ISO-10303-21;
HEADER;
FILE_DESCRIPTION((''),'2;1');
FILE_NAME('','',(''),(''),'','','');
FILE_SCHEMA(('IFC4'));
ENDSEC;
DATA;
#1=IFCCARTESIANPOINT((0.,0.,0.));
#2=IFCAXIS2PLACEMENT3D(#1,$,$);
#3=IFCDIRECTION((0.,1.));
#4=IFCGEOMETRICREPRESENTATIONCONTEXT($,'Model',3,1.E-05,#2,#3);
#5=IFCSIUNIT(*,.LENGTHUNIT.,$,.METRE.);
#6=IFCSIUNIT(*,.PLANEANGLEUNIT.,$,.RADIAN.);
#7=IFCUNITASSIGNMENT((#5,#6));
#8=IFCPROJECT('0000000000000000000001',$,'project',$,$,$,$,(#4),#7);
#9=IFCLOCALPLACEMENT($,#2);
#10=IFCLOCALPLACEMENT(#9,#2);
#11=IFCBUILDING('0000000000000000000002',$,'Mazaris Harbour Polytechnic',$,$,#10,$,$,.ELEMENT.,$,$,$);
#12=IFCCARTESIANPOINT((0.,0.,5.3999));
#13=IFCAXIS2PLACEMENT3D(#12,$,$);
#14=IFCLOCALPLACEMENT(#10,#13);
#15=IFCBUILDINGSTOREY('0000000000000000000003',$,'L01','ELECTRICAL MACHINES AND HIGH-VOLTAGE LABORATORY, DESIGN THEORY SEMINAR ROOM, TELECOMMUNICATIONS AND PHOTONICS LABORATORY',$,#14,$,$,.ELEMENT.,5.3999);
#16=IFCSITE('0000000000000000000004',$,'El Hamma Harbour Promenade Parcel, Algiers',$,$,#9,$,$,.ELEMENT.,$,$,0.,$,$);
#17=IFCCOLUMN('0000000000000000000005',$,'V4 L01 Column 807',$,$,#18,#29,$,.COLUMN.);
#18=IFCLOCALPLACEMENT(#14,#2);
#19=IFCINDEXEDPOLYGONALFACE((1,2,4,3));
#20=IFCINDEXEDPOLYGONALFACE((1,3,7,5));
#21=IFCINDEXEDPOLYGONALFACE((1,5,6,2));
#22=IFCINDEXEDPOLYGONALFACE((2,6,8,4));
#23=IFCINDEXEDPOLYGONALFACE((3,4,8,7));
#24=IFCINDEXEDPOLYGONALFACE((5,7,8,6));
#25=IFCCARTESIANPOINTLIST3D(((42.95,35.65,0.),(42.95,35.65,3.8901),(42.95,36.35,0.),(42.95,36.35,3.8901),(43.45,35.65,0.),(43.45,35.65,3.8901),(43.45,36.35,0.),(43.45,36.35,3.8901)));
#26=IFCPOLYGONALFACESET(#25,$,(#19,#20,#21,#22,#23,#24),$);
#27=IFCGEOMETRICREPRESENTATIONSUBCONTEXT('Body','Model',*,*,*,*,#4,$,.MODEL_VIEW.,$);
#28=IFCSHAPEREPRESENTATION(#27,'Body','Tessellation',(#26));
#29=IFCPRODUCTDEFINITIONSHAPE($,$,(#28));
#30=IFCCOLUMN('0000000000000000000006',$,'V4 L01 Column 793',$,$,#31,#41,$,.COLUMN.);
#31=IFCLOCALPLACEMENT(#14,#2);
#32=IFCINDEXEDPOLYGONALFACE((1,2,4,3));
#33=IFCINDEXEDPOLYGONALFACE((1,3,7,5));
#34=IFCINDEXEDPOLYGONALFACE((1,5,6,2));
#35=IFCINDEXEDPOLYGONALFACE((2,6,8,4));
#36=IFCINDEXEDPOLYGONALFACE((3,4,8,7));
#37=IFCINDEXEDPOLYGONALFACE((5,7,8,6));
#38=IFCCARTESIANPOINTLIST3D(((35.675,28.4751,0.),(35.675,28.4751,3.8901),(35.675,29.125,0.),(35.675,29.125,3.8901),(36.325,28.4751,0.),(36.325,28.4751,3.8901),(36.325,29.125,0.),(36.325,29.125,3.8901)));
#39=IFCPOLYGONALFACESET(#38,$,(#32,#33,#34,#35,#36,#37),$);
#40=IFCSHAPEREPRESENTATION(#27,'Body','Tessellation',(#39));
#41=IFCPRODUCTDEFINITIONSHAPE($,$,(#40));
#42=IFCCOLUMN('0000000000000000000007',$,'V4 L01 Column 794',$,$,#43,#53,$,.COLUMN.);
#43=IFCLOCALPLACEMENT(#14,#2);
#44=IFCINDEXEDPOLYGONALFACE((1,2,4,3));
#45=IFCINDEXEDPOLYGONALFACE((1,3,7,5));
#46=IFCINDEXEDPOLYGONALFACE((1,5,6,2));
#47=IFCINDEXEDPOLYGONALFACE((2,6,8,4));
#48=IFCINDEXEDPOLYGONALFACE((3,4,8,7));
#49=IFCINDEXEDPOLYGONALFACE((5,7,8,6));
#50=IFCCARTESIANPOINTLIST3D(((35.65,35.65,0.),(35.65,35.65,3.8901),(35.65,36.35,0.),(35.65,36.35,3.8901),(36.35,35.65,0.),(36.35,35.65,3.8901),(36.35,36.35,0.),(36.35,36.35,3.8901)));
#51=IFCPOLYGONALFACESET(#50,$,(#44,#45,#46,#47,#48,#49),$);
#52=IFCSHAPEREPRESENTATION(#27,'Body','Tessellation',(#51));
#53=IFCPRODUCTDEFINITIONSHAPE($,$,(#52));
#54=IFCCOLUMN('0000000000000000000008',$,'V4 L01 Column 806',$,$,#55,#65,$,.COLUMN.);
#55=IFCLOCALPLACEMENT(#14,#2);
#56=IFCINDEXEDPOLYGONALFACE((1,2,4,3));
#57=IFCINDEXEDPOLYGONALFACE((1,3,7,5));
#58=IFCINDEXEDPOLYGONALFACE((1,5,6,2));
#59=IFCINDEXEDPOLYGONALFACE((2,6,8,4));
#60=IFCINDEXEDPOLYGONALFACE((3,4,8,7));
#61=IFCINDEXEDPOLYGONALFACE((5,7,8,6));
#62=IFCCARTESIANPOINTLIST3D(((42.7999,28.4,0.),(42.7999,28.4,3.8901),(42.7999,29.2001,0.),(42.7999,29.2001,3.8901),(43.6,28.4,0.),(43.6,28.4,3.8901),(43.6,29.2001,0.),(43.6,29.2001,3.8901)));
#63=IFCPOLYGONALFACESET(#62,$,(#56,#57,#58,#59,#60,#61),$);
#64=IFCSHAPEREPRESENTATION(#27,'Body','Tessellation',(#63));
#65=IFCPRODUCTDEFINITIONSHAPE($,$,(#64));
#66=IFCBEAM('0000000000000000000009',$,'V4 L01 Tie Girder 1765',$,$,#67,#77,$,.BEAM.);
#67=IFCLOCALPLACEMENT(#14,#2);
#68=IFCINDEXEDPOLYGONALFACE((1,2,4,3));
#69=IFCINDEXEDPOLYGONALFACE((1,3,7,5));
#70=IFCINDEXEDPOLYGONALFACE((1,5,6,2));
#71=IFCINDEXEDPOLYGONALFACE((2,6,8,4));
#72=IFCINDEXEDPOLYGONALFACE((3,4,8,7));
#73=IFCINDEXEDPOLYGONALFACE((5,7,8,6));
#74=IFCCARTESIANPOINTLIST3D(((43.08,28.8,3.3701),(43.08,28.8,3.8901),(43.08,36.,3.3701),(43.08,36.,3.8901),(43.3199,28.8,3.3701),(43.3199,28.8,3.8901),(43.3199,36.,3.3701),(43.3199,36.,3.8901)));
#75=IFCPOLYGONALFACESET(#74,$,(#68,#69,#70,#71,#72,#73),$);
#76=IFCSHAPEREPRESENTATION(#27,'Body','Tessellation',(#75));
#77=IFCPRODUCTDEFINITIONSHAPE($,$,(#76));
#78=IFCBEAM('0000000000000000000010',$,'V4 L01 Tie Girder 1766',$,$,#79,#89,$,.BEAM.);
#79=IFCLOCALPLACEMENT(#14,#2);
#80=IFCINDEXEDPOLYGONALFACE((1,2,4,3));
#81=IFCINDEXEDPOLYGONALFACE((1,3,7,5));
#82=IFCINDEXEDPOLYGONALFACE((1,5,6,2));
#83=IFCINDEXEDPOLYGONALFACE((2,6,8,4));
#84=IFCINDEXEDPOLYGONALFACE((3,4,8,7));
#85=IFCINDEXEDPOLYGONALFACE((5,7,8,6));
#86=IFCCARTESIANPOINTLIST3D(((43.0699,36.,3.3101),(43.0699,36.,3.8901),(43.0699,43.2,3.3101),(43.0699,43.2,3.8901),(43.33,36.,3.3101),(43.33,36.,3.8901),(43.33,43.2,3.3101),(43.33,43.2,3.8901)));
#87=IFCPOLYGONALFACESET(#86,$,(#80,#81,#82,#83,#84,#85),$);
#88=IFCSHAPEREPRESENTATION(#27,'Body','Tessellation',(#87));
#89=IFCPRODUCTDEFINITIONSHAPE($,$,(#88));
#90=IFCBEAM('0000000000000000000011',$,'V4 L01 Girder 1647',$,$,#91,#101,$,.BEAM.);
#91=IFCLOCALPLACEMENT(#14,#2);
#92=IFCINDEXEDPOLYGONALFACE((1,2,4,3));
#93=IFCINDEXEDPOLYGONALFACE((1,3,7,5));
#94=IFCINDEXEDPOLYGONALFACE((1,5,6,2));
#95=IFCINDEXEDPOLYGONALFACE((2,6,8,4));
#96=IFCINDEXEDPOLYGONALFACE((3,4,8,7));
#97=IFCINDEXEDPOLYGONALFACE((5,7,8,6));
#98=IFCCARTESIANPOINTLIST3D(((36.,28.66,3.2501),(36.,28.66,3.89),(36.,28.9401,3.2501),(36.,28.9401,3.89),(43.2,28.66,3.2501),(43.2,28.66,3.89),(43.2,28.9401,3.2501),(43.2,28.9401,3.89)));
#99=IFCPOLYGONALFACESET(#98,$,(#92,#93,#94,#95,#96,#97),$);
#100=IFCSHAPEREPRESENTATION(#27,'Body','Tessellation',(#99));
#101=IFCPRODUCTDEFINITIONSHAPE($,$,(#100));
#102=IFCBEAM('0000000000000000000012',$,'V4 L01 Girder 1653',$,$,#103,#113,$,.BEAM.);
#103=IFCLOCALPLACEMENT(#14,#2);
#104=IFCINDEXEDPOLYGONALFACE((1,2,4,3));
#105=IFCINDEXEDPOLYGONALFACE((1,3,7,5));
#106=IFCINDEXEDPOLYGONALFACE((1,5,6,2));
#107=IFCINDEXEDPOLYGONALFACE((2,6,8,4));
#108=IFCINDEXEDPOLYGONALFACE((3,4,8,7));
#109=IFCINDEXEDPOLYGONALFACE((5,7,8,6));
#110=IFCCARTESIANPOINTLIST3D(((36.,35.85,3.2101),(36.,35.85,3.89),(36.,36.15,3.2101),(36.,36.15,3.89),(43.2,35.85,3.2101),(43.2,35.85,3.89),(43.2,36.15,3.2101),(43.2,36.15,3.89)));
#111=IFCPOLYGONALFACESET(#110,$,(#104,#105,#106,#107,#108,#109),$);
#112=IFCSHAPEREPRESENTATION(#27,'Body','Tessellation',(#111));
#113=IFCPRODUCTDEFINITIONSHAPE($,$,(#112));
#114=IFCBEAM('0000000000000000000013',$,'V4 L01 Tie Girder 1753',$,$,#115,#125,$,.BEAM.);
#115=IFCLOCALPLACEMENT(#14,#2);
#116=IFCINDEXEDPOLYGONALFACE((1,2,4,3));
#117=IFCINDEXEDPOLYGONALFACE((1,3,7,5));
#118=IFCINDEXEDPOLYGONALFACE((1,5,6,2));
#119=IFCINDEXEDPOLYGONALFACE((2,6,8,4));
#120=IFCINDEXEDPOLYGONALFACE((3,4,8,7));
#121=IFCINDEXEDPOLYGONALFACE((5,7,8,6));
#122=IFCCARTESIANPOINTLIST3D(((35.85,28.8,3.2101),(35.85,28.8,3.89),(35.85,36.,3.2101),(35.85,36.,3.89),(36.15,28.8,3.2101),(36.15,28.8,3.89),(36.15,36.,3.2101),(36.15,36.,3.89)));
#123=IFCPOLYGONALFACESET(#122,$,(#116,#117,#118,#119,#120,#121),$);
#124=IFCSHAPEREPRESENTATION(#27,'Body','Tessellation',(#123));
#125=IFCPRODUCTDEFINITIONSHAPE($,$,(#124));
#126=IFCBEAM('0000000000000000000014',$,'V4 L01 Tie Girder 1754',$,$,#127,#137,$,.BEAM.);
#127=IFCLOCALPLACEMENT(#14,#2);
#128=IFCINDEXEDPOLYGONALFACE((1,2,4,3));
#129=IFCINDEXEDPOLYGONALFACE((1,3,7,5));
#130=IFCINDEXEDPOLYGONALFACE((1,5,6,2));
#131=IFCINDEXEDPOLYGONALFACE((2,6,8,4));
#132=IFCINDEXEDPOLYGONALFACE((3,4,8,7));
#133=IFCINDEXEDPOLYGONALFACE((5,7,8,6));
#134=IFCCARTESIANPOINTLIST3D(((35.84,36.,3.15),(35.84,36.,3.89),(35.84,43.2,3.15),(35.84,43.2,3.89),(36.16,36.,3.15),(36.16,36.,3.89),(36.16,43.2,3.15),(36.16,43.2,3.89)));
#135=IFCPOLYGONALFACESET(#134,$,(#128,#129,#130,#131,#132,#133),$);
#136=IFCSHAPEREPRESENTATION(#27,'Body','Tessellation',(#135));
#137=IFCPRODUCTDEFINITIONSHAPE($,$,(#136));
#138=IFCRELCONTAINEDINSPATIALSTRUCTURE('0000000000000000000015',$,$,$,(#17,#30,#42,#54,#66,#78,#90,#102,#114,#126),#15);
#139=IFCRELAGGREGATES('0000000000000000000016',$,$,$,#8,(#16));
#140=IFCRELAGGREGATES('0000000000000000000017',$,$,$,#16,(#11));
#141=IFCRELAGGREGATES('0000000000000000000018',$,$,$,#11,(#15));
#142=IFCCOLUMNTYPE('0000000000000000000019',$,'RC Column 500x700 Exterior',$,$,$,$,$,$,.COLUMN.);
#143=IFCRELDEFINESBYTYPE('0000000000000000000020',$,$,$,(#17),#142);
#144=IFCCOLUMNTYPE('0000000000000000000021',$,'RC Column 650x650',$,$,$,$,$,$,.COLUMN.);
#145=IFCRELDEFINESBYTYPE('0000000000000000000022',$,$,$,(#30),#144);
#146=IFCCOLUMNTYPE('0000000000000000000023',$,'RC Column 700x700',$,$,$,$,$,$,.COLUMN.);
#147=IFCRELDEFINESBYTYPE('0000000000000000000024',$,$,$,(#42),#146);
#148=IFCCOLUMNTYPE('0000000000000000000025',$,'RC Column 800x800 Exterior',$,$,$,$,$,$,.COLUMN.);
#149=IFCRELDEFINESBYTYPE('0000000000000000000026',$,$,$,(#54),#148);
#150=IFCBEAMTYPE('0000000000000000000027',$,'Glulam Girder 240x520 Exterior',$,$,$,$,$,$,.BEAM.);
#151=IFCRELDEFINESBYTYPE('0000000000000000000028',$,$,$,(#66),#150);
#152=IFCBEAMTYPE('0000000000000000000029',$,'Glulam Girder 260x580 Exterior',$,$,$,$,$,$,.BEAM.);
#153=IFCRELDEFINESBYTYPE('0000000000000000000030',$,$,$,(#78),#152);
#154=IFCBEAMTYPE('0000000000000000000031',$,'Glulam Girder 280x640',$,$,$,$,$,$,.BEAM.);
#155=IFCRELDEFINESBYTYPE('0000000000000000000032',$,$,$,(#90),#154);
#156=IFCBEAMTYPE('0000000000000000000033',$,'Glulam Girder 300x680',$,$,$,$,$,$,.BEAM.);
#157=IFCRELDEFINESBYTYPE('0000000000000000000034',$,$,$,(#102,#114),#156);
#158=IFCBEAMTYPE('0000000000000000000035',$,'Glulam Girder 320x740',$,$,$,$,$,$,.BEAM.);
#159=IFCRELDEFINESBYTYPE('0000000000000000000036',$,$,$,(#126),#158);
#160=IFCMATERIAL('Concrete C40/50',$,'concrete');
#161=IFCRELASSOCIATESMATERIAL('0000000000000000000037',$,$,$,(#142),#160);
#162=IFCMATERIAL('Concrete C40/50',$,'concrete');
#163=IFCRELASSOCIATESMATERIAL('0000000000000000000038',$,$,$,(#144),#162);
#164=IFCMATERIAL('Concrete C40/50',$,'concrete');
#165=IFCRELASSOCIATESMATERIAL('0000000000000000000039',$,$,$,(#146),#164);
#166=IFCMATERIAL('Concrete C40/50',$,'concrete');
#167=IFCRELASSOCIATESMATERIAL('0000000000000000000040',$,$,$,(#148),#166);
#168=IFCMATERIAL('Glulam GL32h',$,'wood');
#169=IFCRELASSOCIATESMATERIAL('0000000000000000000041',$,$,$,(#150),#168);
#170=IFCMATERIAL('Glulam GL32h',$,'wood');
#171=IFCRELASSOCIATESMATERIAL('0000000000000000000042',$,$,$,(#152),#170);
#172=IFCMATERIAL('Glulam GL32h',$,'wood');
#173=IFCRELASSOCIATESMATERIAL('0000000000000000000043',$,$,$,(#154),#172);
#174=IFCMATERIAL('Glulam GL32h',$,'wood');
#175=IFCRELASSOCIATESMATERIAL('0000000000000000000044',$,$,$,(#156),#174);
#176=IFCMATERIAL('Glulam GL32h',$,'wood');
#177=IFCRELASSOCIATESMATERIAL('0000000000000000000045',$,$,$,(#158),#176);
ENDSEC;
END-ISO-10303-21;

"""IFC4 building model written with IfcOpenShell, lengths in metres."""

from ifc_helpers import new_model, si_unit, direction, frame, origin, origin_2d, place, context, subcontext, project, spatial, rectangle, extrude, material, material_profile, profile_set, type_object, element, save


model = new_model("IFC4")

# Units and contexts
model_context = context("Model", 3, precision=1e-05, world=origin(), true_north=direction((0.0, 1.0)))
body_context = subcontext(model_context, "Body", "Model", "MODEL_VIEW")
ifc_project = project(units=[si_unit("LENGTHUNIT", "METRE"), si_unit("PLANEANGLEUNIT", "RADIAN")], contexts=[model_context])

# Site, building, storey
site_placement = place(None, origin())
site = spatial("IfcSite", under=ifc_project, at=site_placement, Name="El Hamma Harbour Promenade Parcel, Algiers", CompositionType="ELEMENT", RefElevation=0.0)
building_placement = place(site_placement, origin())
building = spatial("IfcBuilding", under=site, at=building_placement, Name="Mazaris Harbour Polytechnic", CompositionType="ELEMENT")
storey_placement = place(building_placement, frame((0.0, 0.0, 5.3999)))
storey = spatial("IfcBuildingStorey", under=building, at=storey_placement, Name="L01", Description="ELECTRICAL MACHINES AND HIGH-VOLTAGE LABORATORY, DESIGN THEORY SEMINAR ROOM, TELECOMMUNICATIONS AND PHOTONICS LABORATORY", CompositionType="ELEMENT", Elevation=5.3999)

# Columns
ifc_material_1 = material(Name="Concrete C40/50", Category="concrete")
ifc_material_profile_1 = material_profile(ifc_material_1, rectangle(XDim=0.5, YDim=0.7, at=origin_2d()), Name="RECT500x700")
ifc_profile_set_1 = profile_set([ifc_material_profile_1], Name="Concrete C40/50")
column_type_1 = type_object("IfcColumnType", Name="RC Column 500x700 Exterior", PredefinedType="COLUMN", material=ifc_profile_set_1)
column_1_placement = place(storey_placement, frame((43.2, 36.0, 0.0), z_axis=(0.0, 0.0, 1.0), x_axis=(1.0, 0.0, 0.0)))
element("IfcColumn", 1, at=column_1_placement, inside=storey, type_object=column_type_1, Name="V4 L01 Column 807", PredefinedType="COLUMN", context=body_context, shape_type="SweptSolid", body=[
    extrude(rectangle(XDim=0.5, YDim=0.7, at=origin_2d()), origin(), (0.0, 0.0, 1.0), 3.8901),
])
ifc_material_2 = material(Name="Concrete C40/50", Category="concrete")
ifc_material_profile_2 = material_profile(ifc_material_2, rectangle(XDim=0.6499, YDim=0.6499, at=origin_2d()), Name="RECT650x650")
ifc_profile_set_2 = profile_set([ifc_material_profile_2], Name="Concrete C40/50")
column_type_2 = type_object("IfcColumnType", Name="RC Column 650x650", PredefinedType="COLUMN", material=ifc_profile_set_2)
column_2_placement = place(storey_placement, frame((36.0, 28.8, 0.0), z_axis=(0.0, 0.0, 1.0), x_axis=(1.0, 0.0, 0.0)))
element("IfcColumn", 2, at=column_2_placement, inside=storey, type_object=column_type_2, Name="V4 L01 Column 793", PredefinedType="COLUMN", context=body_context, shape_type="SweptSolid", body=[
    extrude(rectangle(XDim=0.6499, YDim=0.6499, at=origin_2d()), origin(), (0.0, 0.0, 1.0), 3.8901),
])
ifc_material_3 = material(Name="Concrete C40/50", Category="concrete")
ifc_material_profile_3 = material_profile(ifc_material_3, rectangle(XDim=0.7, YDim=0.7, at=origin_2d()), Name="RECT700x700")
ifc_profile_set_3 = profile_set([ifc_material_profile_3], Name="Concrete C40/50")
column_type_3 = type_object("IfcColumnType", Name="RC Column 700x700", PredefinedType="COLUMN", material=ifc_profile_set_3)
column_3_placement = place(storey_placement, frame((36.0, 36.0, 0.0), z_axis=(0.0, 0.0, 1.0), x_axis=(1.0, 0.0, 0.0)))
element("IfcColumn", 3, at=column_3_placement, inside=storey, type_object=column_type_3, Name="V4 L01 Column 794", PredefinedType="COLUMN", context=body_context, shape_type="SweptSolid", body=[
    extrude(rectangle(XDim=0.7, YDim=0.7, at=origin_2d()), origin(), (0.0, 0.0, 1.0), 3.8901),
])
ifc_material_4 = material(Name="Concrete C40/50", Category="concrete")
ifc_material_profile_4 = material_profile(ifc_material_4, rectangle(XDim=0.8, YDim=0.8, at=origin_2d()), Name="RECT800x800")
ifc_profile_set_4 = profile_set([ifc_material_profile_4], Name="Concrete C40/50")
column_type_4 = type_object("IfcColumnType", Name="RC Column 800x800 Exterior", PredefinedType="COLUMN", material=ifc_profile_set_4)
column_4_placement = place(storey_placement, frame((43.2, 28.8, 0.0), z_axis=(0.0, 0.0, 1.0), x_axis=(1.0, 0.0, 0.0)))
element("IfcColumn", 4, at=column_4_placement, inside=storey, type_object=column_type_4, Name="V4 L01 Column 806", PredefinedType="COLUMN", context=body_context, shape_type="SweptSolid", body=[
    extrude(rectangle(XDim=0.8, YDim=0.8, at=origin_2d()), origin(), (0.0, 0.0, 1.0), 3.8901),
])

# Beams
ifc_material_5 = material(Name="Glulam GL32h", Category="wood")
ifc_material_profile_5 = material_profile(ifc_material_5, rectangle(XDim=0.24, YDim=0.52, at=origin_2d()), Name="RECT240x520")
ifc_profile_set_5 = profile_set([ifc_material_profile_5], Name="Glulam GL32h")
beam_type_1 = type_object("IfcBeamType", Name="Glulam Girder 240x520 Exterior", PredefinedType="BEAM", material=ifc_profile_set_5)
beam_1_placement = place(storey_placement, frame((43.2, 28.8, 3.6301), z_axis=(0.0, 1.0, 0.0), x_axis=(-1.0, 0.0, 0.0)))
element("IfcBeam", 5, at=beam_1_placement, inside=storey, type_object=beam_type_1, Name="V4 L01 Tie Girder 1765", PredefinedType="BEAM", context=body_context, shape_type="SweptSolid", body=[
    extrude(rectangle(XDim=0.24, YDim=0.52, at=origin_2d()), origin(), (0.0, 0.0, 1.0), 7.2),
])
ifc_material_6 = material(Name="Glulam GL32h", Category="wood")
ifc_material_profile_6 = material_profile(ifc_material_6, rectangle(XDim=0.26, YDim=0.5801, at=origin_2d()), Name="RECT260x580")
ifc_profile_set_6 = profile_set([ifc_material_profile_6], Name="Glulam GL32h")
beam_type_2 = type_object("IfcBeamType", Name="Glulam Girder 260x580 Exterior", PredefinedType="BEAM", material=ifc_profile_set_6)
beam_2_placement = place(storey_placement, frame((43.2, 36.0, 3.6001), z_axis=(0.0, 1.0, 0.0), x_axis=(-1.0, 0.0, 0.0)))
element("IfcBeam", 6, at=beam_2_placement, inside=storey, type_object=beam_type_2, Name="V4 L01 Tie Girder 1766", PredefinedType="BEAM", context=body_context, shape_type="SweptSolid", body=[
    extrude(rectangle(XDim=0.26, YDim=0.5801, at=origin_2d()), origin(), (0.0, 0.0, 1.0), 7.2),
])
ifc_material_7 = material(Name="Glulam GL32h", Category="wood")
ifc_material_profile_7 = material_profile(ifc_material_7, rectangle(XDim=0.28, YDim=0.6399, at=origin_2d()), Name="RECT280x640")
ifc_profile_set_7 = profile_set([ifc_material_profile_7], Name="Glulam GL32h")
beam_type_3 = type_object("IfcBeamType", Name="Glulam Girder 280x640", PredefinedType="BEAM", material=ifc_profile_set_7)
beam_3_placement = place(storey_placement, frame((36.0, 28.8, 3.5701), z_axis=(1.0, 0.0, 0.0), x_axis=(0.0, 1.0, 0.0)))
element("IfcBeam", 7, at=beam_3_placement, inside=storey, type_object=beam_type_3, Name="V4 L01 Girder 1647", PredefinedType="BEAM", context=body_context, shape_type="SweptSolid", body=[
    extrude(rectangle(XDim=0.28, YDim=0.6399, at=origin_2d()), origin(), (0.0, 0.0, 1.0), 7.2),
])
ifc_material_8 = material(Name="Glulam GL32h", Category="wood")
ifc_material_profile_8 = material_profile(ifc_material_8, rectangle(XDim=0.3, YDim=0.6799, at=origin_2d()), Name="RECT300x680")
ifc_profile_set_8 = profile_set([ifc_material_profile_8], Name="Glulam GL32h")
beam_type_4 = type_object("IfcBeamType", Name="Glulam Girder 300x680", PredefinedType="BEAM", material=ifc_profile_set_8)
for number, where, z_axis, x_axis, name in (
    (8, (36.0, 36.0, 3.55), (1.0, 0.0, 0.0), (0.0, 1.0, 0.0), "V4 L01 Girder 1653"),
    (9, (36.0, 28.8, 3.55), (0.0, 1.0, 0.0), (-1.0, 0.0, 0.0), "V4 L01 Tie Girder 1753"),
):
    element("IfcBeam", number, at=place(storey_placement, frame(where, z_axis=z_axis, x_axis=x_axis)), inside=storey, type_object=beam_type_4, Name=name, PredefinedType="BEAM", context=body_context, shape_type="SweptSolid", body=[
        extrude(rectangle(XDim=0.3, YDim=0.6799, at=origin_2d()), origin(), (0.0, 0.0, 1.0), 7.2),
    ])
ifc_material_9 = material(Name="Glulam GL32h", Category="wood")
ifc_material_profile_9 = material_profile(ifc_material_9, rectangle(XDim=0.3201, YDim=0.74, at=origin_2d()), Name="RECT320x740")
ifc_profile_set_9 = profile_set([ifc_material_profile_9], Name="Glulam GL32h")
beam_type_5 = type_object("IfcBeamType", Name="Glulam Girder 320x740", PredefinedType="BEAM", material=ifc_profile_set_9)
beam_4_placement = place(storey_placement, frame((36.0, 36.0, 3.52), z_axis=(0.0, 1.0, 0.0), x_axis=(-1.0, 0.0, 0.0)))
element("IfcBeam", 10, at=beam_4_placement, inside=storey, type_object=beam_type_5, Name="V4 L01 Tie Girder 1754", PredefinedType="BEAM", context=body_context, shape_type="SweptSolid", body=[
    extrude(rectangle(XDim=0.3201, YDim=0.74, at=origin_2d()), origin(), (0.0, 0.0, 1.0), 7.2),
])

save(model, "model.ifc")
